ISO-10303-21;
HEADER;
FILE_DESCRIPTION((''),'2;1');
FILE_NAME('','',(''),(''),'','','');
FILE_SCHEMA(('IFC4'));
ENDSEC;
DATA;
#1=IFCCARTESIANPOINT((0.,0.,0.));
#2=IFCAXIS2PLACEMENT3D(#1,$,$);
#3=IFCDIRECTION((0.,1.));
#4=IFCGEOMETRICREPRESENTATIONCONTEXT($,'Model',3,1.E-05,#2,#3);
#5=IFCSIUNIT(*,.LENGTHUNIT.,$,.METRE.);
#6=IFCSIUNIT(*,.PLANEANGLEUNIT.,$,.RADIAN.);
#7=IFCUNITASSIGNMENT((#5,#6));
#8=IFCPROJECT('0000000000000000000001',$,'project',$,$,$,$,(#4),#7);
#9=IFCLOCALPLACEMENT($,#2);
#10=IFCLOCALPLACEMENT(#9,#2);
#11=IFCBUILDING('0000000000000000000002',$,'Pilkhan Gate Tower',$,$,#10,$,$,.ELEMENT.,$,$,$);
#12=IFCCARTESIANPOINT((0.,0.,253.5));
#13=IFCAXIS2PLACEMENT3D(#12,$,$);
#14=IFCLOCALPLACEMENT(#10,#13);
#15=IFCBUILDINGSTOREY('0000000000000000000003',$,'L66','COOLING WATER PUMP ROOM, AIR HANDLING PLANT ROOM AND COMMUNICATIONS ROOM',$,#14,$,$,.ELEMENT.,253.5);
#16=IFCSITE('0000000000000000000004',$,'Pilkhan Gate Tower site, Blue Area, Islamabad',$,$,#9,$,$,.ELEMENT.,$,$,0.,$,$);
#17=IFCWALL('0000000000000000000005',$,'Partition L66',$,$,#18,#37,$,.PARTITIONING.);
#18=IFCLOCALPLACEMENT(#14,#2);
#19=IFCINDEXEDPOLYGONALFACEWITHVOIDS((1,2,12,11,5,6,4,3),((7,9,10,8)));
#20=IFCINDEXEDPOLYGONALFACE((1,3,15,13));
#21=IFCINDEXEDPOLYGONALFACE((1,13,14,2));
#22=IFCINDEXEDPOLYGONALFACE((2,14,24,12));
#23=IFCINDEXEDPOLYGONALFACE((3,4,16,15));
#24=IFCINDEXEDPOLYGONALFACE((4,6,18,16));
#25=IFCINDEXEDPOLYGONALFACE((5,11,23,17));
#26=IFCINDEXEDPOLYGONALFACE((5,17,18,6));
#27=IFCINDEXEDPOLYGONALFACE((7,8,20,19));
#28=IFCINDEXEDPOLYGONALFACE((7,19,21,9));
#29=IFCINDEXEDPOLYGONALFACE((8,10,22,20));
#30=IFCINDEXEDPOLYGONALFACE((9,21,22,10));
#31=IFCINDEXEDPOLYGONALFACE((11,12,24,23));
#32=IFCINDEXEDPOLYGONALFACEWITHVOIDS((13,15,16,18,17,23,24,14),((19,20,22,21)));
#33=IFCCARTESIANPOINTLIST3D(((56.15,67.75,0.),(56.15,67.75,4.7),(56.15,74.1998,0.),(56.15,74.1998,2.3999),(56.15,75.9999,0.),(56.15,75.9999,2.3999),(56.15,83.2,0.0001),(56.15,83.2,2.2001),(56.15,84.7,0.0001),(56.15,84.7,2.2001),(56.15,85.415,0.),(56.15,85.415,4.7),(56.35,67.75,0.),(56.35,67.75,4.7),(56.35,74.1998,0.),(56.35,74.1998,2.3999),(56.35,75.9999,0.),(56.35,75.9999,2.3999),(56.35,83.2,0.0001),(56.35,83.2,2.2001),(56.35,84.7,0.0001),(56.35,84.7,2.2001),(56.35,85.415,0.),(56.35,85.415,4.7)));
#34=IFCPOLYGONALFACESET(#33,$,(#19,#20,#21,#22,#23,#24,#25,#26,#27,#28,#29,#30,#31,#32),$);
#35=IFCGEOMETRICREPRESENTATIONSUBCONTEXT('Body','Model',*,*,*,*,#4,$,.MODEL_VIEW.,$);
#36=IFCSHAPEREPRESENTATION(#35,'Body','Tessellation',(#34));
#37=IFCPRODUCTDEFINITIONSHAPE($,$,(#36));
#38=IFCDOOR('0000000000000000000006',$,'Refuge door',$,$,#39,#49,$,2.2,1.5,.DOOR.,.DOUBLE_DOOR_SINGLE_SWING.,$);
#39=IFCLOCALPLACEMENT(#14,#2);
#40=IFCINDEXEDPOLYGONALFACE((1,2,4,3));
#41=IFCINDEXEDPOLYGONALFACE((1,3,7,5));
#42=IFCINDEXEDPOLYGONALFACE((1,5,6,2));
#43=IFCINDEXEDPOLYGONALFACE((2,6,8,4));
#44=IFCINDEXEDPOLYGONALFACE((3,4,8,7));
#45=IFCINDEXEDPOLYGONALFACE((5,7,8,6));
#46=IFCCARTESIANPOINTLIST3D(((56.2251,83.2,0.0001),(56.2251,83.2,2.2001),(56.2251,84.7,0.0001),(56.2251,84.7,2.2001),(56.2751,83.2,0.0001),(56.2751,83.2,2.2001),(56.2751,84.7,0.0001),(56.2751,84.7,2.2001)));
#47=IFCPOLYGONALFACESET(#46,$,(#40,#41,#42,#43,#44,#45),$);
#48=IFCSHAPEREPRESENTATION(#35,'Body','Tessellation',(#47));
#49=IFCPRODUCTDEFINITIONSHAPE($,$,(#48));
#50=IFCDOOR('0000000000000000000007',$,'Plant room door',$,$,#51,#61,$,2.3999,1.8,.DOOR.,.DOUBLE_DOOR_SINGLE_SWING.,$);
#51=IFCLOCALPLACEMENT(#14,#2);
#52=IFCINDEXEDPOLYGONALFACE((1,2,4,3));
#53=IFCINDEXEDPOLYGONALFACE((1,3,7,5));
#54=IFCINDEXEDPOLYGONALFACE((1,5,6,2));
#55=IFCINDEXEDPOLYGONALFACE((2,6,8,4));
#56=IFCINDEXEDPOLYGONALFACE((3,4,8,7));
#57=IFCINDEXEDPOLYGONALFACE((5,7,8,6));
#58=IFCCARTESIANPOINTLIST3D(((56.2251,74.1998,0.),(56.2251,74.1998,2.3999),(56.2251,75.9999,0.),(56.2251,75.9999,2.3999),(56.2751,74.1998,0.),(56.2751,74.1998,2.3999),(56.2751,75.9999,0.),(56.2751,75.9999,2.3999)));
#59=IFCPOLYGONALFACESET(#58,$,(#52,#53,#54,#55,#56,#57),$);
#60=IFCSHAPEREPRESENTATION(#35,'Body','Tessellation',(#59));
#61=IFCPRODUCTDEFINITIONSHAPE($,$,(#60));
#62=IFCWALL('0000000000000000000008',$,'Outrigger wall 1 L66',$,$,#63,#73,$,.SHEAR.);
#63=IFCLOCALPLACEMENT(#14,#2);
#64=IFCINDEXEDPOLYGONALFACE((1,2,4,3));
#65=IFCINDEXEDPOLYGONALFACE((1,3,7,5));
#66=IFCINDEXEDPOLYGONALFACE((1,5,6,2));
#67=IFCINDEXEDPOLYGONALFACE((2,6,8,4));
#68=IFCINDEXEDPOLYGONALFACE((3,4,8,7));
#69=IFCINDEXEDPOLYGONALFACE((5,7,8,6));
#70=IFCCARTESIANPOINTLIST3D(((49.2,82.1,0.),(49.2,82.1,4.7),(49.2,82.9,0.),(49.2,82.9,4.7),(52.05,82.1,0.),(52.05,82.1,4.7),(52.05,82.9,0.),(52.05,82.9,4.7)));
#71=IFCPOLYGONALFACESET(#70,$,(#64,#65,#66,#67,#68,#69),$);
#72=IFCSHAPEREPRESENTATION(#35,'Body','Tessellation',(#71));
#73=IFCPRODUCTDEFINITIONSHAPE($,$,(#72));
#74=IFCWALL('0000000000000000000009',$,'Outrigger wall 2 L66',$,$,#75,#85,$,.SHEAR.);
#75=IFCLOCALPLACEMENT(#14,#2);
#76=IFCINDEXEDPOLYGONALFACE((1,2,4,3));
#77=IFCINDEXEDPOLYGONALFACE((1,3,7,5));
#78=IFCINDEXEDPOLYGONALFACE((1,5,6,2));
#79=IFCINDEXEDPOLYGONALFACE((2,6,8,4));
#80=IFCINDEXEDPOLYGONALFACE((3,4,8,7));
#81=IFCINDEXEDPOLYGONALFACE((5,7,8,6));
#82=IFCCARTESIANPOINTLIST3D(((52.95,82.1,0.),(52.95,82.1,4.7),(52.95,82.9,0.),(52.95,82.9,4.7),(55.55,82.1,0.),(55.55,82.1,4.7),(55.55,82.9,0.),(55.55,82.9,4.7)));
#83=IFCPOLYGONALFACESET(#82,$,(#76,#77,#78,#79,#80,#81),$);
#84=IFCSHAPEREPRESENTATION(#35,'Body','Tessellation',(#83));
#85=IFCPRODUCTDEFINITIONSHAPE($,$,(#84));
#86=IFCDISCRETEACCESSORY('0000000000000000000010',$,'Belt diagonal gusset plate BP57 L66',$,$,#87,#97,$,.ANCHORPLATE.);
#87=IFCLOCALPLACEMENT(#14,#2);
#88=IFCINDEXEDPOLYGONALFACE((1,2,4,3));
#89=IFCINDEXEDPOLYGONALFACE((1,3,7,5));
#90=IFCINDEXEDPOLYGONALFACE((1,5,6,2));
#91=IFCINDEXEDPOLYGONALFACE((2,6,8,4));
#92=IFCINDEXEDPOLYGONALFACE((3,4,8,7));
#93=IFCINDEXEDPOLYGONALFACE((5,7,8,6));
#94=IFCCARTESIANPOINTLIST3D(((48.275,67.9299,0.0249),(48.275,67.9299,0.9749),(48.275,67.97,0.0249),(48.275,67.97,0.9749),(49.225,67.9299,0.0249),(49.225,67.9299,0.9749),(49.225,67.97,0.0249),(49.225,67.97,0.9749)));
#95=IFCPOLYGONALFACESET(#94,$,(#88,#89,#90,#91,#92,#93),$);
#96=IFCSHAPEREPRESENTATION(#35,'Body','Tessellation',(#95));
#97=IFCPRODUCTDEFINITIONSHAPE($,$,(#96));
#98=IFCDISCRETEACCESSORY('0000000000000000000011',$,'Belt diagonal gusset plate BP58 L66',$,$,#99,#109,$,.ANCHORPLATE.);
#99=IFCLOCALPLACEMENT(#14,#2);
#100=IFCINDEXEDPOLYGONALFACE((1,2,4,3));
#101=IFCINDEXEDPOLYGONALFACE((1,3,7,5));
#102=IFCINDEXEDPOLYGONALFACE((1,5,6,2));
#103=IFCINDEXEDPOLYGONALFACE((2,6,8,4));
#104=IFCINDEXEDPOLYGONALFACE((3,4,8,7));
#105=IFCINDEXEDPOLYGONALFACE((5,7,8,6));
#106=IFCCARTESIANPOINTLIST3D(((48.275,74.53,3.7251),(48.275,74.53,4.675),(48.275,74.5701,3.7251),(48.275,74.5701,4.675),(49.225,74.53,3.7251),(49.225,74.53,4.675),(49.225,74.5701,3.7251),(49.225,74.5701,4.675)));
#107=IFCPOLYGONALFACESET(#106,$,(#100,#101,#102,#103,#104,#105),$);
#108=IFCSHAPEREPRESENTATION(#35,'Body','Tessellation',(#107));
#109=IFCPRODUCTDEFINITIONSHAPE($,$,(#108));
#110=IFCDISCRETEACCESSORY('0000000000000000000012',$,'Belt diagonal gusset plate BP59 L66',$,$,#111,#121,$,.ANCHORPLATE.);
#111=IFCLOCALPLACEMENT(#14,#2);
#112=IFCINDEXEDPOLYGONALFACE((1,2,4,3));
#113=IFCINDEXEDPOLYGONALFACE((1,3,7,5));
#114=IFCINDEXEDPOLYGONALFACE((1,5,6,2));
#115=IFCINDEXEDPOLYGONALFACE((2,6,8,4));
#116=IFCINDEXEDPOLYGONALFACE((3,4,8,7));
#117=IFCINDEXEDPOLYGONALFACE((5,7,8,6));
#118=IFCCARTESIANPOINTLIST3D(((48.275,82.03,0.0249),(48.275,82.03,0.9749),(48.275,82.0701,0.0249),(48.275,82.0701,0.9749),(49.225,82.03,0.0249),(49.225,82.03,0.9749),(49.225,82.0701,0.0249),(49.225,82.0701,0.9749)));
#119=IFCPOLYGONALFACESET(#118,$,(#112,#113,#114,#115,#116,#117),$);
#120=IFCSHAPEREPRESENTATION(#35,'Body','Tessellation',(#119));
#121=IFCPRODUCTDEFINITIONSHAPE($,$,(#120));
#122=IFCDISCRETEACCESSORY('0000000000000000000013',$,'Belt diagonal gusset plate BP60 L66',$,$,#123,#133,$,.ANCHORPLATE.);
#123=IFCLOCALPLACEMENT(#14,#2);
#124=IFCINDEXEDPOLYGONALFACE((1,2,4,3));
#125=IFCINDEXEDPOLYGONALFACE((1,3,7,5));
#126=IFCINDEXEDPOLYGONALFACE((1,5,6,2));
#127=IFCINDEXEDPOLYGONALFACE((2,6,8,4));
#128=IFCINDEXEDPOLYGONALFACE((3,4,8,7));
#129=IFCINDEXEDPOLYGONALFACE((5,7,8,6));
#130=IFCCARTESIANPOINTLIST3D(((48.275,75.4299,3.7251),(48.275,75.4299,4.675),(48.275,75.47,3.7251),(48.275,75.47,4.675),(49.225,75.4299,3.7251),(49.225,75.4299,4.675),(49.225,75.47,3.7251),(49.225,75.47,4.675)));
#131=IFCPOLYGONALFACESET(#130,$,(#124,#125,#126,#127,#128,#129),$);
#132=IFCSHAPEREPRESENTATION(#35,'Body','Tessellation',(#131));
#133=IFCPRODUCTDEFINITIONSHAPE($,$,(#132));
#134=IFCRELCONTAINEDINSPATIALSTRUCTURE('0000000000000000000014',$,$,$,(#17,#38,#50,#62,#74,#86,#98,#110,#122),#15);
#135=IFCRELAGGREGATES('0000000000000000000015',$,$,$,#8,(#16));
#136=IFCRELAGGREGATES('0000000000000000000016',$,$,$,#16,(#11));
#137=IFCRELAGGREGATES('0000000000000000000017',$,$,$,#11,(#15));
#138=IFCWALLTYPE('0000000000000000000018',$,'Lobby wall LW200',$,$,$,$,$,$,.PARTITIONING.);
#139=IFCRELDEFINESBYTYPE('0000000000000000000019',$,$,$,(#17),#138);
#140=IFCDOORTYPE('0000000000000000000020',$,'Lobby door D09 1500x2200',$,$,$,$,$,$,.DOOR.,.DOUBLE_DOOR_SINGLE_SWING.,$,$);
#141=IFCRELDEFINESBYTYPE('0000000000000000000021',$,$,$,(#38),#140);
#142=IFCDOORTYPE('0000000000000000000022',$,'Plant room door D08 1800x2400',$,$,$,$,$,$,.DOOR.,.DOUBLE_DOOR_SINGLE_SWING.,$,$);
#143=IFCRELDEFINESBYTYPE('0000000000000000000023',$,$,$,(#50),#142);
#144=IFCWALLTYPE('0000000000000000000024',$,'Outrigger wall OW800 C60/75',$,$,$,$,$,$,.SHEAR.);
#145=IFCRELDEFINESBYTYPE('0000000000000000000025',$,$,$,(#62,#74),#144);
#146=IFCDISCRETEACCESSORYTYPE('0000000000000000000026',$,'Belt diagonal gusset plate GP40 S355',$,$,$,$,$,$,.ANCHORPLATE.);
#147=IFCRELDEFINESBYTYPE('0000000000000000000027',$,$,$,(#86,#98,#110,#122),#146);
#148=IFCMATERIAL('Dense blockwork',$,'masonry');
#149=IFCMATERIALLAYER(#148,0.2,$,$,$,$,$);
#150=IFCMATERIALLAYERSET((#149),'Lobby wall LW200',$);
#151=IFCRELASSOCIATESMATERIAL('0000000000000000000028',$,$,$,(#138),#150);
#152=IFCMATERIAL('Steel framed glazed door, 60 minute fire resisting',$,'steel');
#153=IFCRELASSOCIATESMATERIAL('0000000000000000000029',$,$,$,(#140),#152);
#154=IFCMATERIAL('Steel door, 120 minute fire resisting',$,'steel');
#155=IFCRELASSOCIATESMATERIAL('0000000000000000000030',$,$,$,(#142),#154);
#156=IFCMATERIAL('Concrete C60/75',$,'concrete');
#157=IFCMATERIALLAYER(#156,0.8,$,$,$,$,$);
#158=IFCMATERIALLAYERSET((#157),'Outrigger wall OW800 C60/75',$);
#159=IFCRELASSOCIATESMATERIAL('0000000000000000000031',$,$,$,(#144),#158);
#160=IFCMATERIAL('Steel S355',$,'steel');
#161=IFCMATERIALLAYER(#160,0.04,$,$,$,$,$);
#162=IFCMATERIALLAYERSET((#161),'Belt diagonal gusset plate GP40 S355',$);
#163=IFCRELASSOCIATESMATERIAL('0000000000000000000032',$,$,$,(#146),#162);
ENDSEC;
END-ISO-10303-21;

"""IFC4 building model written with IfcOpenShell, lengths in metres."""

from ifc_helpers import new_model, si_unit, direction, frame, frame_2d, origin, origin_2d, place, context, subcontext, project, spatial, rectangle, extrude, material, layer, layer_set, type_object, element, fill, save


model = new_model("IFC4")

# Units and contexts
model_context = context("Model", 3, precision=1e-05, world=origin(), true_north=direction((0.0, 1.0)))
body_context = subcontext(model_context, "Body", "Model", "MODEL_VIEW")
ifc_project = project(units=[si_unit("LENGTHUNIT", "METRE"), si_unit("PLANEANGLEUNIT", "RADIAN")], contexts=[model_context])

# Site, building, storey
site_placement = place(None, origin())
site = spatial("IfcSite", under=ifc_project, at=site_placement, Name="Pilkhan Gate Tower site, Blue Area, Islamabad", CompositionType="ELEMENT", RefElevation=0.0)
building_placement = place(site_placement, origin())
building = spatial("IfcBuilding", under=site, at=building_placement, Name="Pilkhan Gate Tower", CompositionType="ELEMENT")
storey_placement = place(building_placement, frame((0.0, 0.0, 253.5)))
storey = spatial("IfcBuildingStorey", under=building, at=storey_placement, Name="L66", Description="COOLING WATER PUMP ROOM, AIR HANDLING PLANT ROOM AND COMMUNICATIONS ROOM", CompositionType="ELEMENT", Elevation=253.5)

# Shared definitions
ifc_material_1 = material(Name="Concrete C60/75", Category="concrete")

# Shared definitions
ifc_material_2 = material(Name="Dense blockwork", Category="masonry")
ifc_layer_1 = layer(ifc_material_2, 0.2)
ifc_layer_set_1 = layer_set([ifc_layer_1], Name="Lobby wall LW200")
wall_type_1 = type_object("IfcWallType", Name="Lobby wall LW200", PredefinedType="PARTITIONING", material=ifc_layer_set_1)

# Wall, openings, doors
wall_1_placement = place(storey_placement, frame((56.25, 67.75, 0.0), z_axis=(0.0, 0.0, 1.0), x_axis=(0.0, 1.0, 0.0)))
wall_1 = element("IfcWall", 1, at=wall_1_placement, inside=storey, type_object=wall_type_1, Name="Partition L66", PredefinedType="PARTITIONING", context=body_context, shape_type="SweptSolid", body=[
    extrude(rectangle(XDim=17.665, YDim=0.2, at=frame_2d((8.8325, 0.0))), origin(), (0.0, 0.0, 1.0), 4.7),
])
opening_1_placement = place(wall_1_placement, frame((15.45, 0.0, 0.0)))
opening_1 = element("IfcOpeningElement", 2, at=opening_1_placement, cuts=wall_1, PredefinedType="OPENING", context=body_context, shape_type="SweptSolid", body=[
    extrude(rectangle(XDim=1.5, YDim=2.2, at=frame_2d((0.75, 1.1001))), frame((0.0, 0.1099, 0.0), z_axis=(0.0, -1.0, 0.0), x_axis=(1.0, 0.0, 0.0)), (0.0, 0.0, 1.0), 0.22),
])
opening_2_placement = place(wall_1_placement, frame((6.45, 0.0, 0.0)))
opening_2 = element("IfcOpeningElement", 3, at=opening_2_placement, cuts=wall_1, PredefinedType="OPENING", context=body_context, shape_type="SweptSolid", body=[
    extrude(rectangle(XDim=1.8, YDim=2.3999, at=frame_2d((0.8999, 1.2))), frame((0.0, 0.1099, 0.0), z_axis=(0.0, -1.0, 0.0), x_axis=(1.0, 0.0, 0.0)), (0.0, 0.0, 1.0), 0.22),
])
ifc_material_3 = material(Name="Steel framed glazed door, 60 minute fire resisting", Category="steel")
door_type_1 = type_object("IfcDoorType", Name="Lobby door D09 1500x2200", OperationType="DOUBLE_DOOR_SINGLE_SWING", PredefinedType="DOOR", material=ifc_material_3)
door_1_placement = place(opening_1_placement, origin())
door_1 = element("IfcDoor", 4, at=door_1_placement, inside=storey, type_object=door_type_1, Name="Refuge door", OperationType="DOUBLE_DOOR_SINGLE_SWING", OverallHeight=2.2, OverallWidth=1.5, PredefinedType="DOOR", context=body_context, shape_type="SweptSolid", body=[
    extrude(rectangle(XDim=1.5, YDim=2.2, at=frame_2d((0.75, 1.1001))), frame((0.0, 0.0249, 0.0), z_axis=(0.0, -1.0, 0.0), x_axis=(1.0, 0.0, 0.0)), (0.0, 0.0, 1.0), 0.05),
])
fill(opening_1, door_1)
ifc_material_4 = material(Name="Steel door, 120 minute fire resisting", Category="steel")
door_type_2 = type_object("IfcDoorType", Name="Plant room door D08 1800x2400", OperationType="DOUBLE_DOOR_SINGLE_SWING", PredefinedType="DOOR", material=ifc_material_4)
door_2_placement = place(opening_2_placement, origin())
door_2 = element("IfcDoor", 5, at=door_2_placement, inside=storey, type_object=door_type_2, Name="Plant room door", OperationType="DOUBLE_DOOR_SINGLE_SWING", OverallHeight=2.3999, OverallWidth=1.8, PredefinedType="DOOR", context=body_context, shape_type="SweptSolid", body=[
    extrude(rectangle(XDim=1.8, YDim=2.3999, at=frame_2d((0.8999, 1.2))), frame((0.0, 0.0249, 0.0), z_axis=(0.0, -1.0, 0.0), x_axis=(1.0, 0.0, 0.0)), (0.0, 0.0, 1.0), 0.05),
])
fill(opening_2, door_2)

# Walls
ifc_layer_2 = layer(ifc_material_1, 0.8)
ifc_layer_set_2 = layer_set([ifc_layer_2], Name="Outrigger wall OW800 C60/75")
wall_type_2 = type_object("IfcWallType", Name="Outrigger wall OW800 C60/75", PredefinedType="SHEAR", material=ifc_layer_set_2)
wall_2_placement = place(storey_placement, frame((49.2, 82.5, 0.0), z_axis=(0.0, 0.0, 1.0), x_axis=(1.0, 0.0, 0.0)))
element("IfcWall", 6, at=wall_2_placement, inside=storey, type_object=wall_type_2, Name="Outrigger wall 1 L66", PredefinedType="SHEAR", context=body_context, shape_type="SweptSolid", body=[
    extrude(rectangle(XDim=2.8501, YDim=0.8, at=frame_2d((1.425, 0.0))), origin(), (0.0, 0.0, 1.0), 4.7),
])
wall_3_placement = place(storey_placement, frame((52.95, 82.5, 0.0), z_axis=(0.0, 0.0, 1.0), x_axis=(1.0, 0.0, 0.0)))
element("IfcWall", 7, at=wall_3_placement, inside=storey, type_object=wall_type_2, Name="Outrigger wall 2 L66", PredefinedType="SHEAR", context=body_context, shape_type="SweptSolid", body=[
    extrude(rectangle(XDim=2.6001, YDim=0.8, at=frame_2d((1.3, 0.0))), origin(), (0.0, 0.0, 1.0), 4.7),
])

# Discrete accessories
ifc_material_5 = material(Name="Steel S355", Category="steel")
ifc_layer_3 = layer(ifc_material_5, 0.04)
ifc_layer_set_3 = layer_set([ifc_layer_3], Name="Belt diagonal gusset plate GP40 S355")
discrete_accessory_type = type_object("IfcDiscreteAccessoryType", Name="Belt diagonal gusset plate GP40 S355", PredefinedType="ANCHORPLATE", material=ifc_layer_set_3)
for number, where, z_axis, x_axis, name in (
    (8, (48.75, 67.95, 0.0249), (0.0, 0.0, 1.0), (0.0, 1.0, 0.0), "Belt diagonal gusset plate BP57 L66"),
    (9, (48.75, 74.55, 3.7251), (0.0, 0.0, 1.0), (0.0, 1.0, 0.0), "Belt diagonal gusset plate BP58 L66"),
    (10, (48.75, 82.05, 0.0249), (0.0, 0.0, 1.0), (0.0, 1.0, 0.0), "Belt diagonal gusset plate BP59 L66"),
    (11, (48.75, 75.45, 3.7251), (0.0, 0.0, 1.0), (0.0, 1.0, 0.0), "Belt diagonal gusset plate BP60 L66"),
):
    element("IfcDiscreteAccessory", number, at=place(storey_placement, frame(where, z_axis=z_axis, x_axis=x_axis)), inside=storey, type_object=discrete_accessory_type, Name=name, PredefinedType="ANCHORPLATE", context=body_context, shape_type="SweptSolid", body=[
        extrude(rectangle(XDim=0.04, YDim=0.95, at=origin_2d()), origin(), (0.0, 0.0, 1.0), 0.95),
    ])

save(model, "model.ifc")
